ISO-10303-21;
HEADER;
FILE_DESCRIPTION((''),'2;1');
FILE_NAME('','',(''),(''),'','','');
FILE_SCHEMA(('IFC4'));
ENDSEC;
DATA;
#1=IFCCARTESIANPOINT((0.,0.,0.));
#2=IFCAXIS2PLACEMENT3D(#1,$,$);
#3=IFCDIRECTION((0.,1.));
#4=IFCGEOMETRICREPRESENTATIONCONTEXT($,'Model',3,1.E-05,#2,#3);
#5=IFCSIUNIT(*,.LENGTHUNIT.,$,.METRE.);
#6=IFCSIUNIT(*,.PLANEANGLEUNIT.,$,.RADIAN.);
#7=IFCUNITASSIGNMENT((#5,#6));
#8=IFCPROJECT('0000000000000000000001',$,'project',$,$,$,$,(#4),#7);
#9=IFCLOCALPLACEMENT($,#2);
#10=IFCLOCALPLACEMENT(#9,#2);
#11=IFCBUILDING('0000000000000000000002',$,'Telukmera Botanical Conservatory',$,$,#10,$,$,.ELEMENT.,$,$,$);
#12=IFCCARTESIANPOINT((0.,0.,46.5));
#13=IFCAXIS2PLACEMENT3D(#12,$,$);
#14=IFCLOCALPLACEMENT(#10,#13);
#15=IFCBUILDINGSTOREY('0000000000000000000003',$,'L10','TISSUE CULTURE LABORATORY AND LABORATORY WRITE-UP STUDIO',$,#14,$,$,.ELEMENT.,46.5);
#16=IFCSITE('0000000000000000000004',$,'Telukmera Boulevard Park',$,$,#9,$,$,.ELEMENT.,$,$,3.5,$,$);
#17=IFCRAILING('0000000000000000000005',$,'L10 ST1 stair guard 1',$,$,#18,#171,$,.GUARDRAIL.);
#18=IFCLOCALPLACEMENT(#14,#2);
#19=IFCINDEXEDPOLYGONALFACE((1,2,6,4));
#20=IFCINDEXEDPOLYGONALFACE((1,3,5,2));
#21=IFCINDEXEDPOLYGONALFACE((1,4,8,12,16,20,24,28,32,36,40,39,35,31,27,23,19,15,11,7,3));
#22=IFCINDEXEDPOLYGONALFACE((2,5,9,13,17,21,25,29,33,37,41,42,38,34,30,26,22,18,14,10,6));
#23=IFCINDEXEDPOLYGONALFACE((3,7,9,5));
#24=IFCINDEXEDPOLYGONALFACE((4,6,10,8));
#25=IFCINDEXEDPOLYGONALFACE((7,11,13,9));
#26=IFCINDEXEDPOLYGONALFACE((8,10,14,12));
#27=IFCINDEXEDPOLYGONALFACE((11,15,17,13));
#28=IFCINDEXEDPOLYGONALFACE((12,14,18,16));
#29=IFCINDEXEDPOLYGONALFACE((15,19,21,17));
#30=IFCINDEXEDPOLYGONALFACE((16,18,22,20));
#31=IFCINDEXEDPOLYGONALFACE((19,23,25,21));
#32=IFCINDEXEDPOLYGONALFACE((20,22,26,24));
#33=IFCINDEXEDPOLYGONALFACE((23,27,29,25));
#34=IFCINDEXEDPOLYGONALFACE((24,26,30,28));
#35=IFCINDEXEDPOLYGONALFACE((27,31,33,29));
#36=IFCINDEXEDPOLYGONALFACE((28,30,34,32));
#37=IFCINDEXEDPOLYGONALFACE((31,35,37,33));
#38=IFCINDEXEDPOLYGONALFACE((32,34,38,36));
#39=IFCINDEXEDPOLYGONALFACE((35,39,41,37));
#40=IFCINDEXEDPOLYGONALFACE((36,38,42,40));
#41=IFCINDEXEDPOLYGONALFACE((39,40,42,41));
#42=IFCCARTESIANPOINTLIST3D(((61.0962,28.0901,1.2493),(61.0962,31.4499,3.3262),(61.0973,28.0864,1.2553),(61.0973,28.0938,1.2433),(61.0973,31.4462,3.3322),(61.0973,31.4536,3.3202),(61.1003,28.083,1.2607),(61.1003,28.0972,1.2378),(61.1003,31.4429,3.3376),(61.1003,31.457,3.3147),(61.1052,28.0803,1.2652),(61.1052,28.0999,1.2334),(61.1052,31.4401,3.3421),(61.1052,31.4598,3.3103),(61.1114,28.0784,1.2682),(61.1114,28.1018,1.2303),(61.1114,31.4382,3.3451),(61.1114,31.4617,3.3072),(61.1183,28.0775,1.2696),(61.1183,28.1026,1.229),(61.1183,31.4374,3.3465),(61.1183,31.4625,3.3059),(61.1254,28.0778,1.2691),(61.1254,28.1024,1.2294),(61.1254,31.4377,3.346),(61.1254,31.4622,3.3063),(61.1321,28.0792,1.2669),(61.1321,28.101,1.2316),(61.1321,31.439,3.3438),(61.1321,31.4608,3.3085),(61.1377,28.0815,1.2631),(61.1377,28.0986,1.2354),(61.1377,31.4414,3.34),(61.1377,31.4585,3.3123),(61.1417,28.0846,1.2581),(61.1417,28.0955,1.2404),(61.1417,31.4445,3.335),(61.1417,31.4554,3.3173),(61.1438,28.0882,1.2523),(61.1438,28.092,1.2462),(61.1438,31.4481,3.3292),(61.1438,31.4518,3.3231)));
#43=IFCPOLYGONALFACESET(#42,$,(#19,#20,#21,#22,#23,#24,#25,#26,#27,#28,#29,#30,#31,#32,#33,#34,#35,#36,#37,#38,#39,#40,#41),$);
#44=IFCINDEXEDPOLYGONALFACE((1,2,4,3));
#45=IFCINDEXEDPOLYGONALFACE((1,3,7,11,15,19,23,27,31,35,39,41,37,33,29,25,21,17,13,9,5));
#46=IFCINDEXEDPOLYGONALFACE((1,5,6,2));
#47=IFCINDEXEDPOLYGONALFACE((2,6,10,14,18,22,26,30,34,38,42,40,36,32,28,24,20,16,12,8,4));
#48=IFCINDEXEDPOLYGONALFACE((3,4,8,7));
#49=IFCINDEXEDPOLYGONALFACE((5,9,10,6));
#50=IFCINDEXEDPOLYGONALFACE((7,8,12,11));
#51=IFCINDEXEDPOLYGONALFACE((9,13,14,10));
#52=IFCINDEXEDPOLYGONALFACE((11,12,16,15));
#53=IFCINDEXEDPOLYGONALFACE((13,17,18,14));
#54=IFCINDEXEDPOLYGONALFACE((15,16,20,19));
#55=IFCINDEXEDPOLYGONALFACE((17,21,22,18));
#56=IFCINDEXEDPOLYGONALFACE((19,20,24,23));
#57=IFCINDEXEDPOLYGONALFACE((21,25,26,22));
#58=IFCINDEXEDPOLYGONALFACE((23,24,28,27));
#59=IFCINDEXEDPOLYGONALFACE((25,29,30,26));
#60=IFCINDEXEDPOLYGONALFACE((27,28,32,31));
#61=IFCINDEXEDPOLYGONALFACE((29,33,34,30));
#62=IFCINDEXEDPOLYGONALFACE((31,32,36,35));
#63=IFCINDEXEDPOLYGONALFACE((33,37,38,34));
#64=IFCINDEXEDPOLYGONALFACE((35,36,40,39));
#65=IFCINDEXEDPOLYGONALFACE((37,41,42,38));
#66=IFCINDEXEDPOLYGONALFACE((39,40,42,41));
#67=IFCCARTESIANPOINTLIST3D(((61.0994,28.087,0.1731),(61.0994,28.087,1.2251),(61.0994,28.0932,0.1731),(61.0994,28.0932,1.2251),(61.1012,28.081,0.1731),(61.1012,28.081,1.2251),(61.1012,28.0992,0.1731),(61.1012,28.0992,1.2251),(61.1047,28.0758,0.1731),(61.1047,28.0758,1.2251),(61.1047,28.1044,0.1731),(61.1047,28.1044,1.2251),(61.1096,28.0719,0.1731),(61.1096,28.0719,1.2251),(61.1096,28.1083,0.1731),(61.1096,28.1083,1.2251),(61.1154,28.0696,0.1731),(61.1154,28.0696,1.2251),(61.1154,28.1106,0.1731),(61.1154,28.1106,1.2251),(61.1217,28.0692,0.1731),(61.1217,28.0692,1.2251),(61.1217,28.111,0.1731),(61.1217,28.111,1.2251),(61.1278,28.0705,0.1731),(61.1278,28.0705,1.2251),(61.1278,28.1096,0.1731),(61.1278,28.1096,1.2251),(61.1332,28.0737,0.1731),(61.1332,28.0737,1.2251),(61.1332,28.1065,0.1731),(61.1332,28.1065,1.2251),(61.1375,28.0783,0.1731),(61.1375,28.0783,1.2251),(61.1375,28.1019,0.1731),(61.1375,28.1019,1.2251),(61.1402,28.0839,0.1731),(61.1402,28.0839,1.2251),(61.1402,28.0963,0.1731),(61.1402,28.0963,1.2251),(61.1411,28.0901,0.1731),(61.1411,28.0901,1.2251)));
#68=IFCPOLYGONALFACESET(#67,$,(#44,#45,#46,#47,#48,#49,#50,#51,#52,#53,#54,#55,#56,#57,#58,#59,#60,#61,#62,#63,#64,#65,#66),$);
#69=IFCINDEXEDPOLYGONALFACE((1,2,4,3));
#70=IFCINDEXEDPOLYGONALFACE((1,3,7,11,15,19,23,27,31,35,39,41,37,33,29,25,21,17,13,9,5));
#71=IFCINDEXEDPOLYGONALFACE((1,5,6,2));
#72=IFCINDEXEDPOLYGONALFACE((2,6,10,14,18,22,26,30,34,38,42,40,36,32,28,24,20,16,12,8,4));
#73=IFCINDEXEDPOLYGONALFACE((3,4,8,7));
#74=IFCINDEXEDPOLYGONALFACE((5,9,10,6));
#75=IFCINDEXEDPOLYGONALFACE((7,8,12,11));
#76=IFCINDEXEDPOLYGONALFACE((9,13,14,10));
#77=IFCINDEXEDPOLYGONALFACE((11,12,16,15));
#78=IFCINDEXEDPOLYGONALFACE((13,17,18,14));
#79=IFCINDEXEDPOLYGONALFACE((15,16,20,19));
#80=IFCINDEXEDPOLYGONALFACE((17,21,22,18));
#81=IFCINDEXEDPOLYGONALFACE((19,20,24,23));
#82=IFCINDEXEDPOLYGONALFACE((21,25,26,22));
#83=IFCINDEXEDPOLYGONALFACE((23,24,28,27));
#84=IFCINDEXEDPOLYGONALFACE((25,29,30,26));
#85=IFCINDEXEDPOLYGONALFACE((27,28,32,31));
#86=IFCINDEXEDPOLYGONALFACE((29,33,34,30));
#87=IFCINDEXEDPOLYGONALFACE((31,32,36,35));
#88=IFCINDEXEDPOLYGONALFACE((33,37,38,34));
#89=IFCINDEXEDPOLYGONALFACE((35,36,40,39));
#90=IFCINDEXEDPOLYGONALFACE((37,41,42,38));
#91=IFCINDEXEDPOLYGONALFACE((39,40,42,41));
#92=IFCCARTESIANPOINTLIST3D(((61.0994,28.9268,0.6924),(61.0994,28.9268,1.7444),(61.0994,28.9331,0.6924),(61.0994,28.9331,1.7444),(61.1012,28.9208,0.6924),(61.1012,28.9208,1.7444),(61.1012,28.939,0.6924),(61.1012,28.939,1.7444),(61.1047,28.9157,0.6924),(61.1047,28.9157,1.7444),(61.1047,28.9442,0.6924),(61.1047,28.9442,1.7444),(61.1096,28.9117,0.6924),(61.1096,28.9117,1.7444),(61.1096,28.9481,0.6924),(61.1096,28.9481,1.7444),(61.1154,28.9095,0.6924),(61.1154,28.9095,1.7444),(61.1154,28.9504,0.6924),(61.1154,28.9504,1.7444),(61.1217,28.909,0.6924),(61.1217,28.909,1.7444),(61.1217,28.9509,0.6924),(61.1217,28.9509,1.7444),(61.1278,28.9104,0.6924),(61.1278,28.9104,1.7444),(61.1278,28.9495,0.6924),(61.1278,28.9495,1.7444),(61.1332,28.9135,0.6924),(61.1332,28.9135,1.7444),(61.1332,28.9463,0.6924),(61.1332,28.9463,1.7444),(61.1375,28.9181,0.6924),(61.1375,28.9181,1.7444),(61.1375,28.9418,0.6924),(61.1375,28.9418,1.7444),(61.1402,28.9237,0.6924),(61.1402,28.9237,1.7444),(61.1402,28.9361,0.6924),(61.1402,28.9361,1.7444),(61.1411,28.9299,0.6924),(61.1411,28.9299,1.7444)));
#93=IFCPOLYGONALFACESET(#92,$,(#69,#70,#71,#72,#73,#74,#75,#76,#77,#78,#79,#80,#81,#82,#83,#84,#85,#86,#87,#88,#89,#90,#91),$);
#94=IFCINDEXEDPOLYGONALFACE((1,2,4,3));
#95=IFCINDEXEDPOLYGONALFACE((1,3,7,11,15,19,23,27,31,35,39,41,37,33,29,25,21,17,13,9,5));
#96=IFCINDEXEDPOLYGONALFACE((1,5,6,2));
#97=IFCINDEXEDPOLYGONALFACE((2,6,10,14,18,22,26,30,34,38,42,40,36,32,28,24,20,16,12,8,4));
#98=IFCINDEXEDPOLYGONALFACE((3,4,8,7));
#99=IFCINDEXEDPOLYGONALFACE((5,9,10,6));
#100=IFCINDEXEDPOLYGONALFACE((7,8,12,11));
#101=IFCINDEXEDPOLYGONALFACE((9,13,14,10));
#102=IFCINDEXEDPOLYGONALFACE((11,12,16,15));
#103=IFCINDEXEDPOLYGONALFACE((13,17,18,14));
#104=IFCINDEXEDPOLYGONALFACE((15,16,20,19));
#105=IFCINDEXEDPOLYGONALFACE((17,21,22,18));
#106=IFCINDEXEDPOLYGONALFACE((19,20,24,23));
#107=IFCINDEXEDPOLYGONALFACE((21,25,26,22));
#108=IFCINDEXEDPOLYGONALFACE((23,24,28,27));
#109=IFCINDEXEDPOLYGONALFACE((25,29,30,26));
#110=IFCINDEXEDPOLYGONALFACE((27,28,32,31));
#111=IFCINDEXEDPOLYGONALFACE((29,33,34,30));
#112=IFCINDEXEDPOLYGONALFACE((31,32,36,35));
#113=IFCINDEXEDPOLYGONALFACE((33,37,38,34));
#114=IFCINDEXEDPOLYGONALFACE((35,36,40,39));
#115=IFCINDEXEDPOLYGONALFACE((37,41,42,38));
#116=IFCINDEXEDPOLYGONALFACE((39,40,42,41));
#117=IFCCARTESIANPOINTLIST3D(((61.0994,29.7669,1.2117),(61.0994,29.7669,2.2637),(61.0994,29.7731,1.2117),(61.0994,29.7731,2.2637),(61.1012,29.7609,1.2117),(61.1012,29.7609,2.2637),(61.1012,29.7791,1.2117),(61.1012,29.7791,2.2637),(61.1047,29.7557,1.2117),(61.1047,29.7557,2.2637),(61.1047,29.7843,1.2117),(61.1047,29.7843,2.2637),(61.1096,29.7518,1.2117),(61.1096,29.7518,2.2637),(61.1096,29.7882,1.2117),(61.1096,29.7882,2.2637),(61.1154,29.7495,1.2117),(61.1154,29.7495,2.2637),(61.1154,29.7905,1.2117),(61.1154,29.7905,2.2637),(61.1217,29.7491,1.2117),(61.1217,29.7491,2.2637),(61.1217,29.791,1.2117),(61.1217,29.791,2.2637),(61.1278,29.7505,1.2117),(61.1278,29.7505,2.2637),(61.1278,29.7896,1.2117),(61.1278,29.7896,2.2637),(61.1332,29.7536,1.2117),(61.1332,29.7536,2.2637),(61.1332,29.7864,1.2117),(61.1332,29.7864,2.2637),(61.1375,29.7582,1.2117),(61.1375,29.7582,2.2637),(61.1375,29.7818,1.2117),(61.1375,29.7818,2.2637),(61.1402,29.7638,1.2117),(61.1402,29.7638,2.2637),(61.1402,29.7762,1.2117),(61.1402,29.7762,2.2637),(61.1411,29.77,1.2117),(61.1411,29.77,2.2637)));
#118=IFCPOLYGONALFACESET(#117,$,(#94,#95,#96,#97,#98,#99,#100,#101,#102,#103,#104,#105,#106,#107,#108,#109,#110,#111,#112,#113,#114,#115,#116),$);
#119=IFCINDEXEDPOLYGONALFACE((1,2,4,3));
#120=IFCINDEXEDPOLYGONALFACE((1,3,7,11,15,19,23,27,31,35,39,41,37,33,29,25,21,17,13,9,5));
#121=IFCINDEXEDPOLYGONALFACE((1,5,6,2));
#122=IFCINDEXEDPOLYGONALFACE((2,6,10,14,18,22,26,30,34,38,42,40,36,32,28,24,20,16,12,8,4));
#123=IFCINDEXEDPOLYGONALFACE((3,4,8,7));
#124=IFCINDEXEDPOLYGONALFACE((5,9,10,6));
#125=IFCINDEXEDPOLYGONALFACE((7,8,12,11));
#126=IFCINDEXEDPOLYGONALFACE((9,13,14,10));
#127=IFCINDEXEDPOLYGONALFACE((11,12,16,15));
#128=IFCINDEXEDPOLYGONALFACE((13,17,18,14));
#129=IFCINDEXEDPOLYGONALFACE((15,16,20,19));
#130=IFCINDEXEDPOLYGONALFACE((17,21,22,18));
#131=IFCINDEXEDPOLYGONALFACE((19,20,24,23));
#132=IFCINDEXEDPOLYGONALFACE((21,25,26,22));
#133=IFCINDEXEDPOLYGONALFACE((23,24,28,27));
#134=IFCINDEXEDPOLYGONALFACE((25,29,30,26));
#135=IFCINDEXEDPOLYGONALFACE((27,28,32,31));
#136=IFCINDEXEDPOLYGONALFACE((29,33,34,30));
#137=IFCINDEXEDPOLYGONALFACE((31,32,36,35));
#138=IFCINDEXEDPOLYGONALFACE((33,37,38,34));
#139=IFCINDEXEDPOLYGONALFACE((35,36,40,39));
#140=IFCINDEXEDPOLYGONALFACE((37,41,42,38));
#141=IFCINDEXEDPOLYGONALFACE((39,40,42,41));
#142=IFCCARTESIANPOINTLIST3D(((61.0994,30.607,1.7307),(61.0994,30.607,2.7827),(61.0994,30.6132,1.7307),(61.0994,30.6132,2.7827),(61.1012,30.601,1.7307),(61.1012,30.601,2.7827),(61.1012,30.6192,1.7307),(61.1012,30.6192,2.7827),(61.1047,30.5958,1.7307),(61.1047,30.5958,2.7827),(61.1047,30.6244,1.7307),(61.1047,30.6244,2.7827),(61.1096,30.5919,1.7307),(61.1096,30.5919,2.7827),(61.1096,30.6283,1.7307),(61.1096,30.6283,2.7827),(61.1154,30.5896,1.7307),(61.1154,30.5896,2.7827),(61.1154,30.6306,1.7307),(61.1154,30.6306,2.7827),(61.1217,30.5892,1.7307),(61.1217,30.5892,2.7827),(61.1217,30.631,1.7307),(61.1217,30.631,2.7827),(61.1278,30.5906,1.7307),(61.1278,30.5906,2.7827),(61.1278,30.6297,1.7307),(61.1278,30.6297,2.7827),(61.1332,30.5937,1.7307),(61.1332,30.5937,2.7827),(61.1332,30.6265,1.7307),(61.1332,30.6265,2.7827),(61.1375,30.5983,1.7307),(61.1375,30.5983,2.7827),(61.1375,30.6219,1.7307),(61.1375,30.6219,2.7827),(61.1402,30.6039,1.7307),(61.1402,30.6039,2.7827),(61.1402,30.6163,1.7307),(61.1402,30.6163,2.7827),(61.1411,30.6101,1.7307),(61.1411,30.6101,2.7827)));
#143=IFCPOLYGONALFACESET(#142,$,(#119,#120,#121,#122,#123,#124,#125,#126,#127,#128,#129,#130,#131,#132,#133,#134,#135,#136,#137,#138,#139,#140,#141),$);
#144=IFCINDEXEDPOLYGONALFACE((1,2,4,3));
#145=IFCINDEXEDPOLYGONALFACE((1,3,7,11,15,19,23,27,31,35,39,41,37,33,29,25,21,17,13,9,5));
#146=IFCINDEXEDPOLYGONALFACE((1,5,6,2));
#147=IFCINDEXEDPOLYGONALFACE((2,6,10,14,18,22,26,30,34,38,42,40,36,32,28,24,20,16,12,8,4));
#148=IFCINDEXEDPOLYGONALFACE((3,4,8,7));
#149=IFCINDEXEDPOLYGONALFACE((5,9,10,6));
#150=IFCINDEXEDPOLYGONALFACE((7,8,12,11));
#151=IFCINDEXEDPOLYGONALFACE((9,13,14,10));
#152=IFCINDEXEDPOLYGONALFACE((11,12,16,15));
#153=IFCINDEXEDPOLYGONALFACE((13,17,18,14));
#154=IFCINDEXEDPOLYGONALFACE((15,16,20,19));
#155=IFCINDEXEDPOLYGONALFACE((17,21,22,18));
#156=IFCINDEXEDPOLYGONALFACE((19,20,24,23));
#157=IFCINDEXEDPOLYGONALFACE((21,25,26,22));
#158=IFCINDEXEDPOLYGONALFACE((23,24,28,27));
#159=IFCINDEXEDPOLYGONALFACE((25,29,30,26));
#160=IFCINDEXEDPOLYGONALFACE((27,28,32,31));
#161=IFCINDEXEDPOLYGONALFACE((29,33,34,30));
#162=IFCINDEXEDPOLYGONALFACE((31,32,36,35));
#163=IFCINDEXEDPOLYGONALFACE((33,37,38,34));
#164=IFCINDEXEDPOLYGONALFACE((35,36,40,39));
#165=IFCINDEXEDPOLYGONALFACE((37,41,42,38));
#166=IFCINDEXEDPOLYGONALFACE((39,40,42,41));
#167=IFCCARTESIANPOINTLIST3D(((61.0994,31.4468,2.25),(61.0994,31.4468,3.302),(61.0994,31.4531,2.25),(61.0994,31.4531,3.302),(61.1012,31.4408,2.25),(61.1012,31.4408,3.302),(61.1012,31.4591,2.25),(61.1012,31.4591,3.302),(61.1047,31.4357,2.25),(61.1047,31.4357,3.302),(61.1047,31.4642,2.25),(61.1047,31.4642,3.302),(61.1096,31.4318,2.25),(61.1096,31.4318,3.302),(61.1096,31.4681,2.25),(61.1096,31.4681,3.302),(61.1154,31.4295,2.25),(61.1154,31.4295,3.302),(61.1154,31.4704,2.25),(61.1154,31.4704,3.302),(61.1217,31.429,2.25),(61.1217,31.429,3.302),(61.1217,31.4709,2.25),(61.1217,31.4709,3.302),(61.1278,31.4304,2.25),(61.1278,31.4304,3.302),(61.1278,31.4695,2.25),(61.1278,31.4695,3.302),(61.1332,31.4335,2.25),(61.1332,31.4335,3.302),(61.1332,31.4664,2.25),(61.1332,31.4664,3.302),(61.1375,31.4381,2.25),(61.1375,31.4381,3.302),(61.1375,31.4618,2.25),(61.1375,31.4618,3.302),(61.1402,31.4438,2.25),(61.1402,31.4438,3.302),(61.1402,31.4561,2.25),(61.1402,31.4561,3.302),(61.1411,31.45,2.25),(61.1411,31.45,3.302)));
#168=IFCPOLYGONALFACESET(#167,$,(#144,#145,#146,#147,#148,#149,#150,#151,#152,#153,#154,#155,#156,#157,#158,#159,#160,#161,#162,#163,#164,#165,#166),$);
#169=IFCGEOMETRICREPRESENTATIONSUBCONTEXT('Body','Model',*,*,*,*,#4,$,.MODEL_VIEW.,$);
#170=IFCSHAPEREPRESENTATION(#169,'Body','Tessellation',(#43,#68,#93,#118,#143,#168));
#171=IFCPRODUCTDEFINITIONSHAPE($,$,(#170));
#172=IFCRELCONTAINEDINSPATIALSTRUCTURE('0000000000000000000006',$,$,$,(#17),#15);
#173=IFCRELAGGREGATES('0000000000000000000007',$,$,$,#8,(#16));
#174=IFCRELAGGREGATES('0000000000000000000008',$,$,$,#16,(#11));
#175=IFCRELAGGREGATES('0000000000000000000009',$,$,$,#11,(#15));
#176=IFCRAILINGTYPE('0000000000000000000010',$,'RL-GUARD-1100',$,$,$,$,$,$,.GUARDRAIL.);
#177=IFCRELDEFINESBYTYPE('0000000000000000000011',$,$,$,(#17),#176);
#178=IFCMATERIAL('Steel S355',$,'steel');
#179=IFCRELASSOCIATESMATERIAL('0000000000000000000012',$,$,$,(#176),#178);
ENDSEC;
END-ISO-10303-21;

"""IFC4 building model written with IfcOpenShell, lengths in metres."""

from ifc_helpers import new_model, si_unit, direction, frame, origin, origin_2d, place, context, subcontext, project, spatial, circle, extrude, material, type_object, element, save


model = new_model("IFC4")

# Units and contexts
model_context = context("Model", 3, precision=1e-05, world=origin(), true_north=direction((0.0, 1.0)))
body_context = subcontext(model_context, "Body", "Model", "MODEL_VIEW")
ifc_project = project(units=[si_unit("LENGTHUNIT", "METRE"), si_unit("PLANEANGLEUNIT", "RADIAN")], contexts=[model_context])

# Site, building, storey
site_placement = place(None, origin())
site = spatial("IfcSite", under=ifc_project, at=site_placement, Name="Telukmera Boulevard Park", CompositionType="ELEMENT", RefElevation=3.5)
building_placement = place(site_placement, origin())
building = spatial("IfcBuilding", under=site, at=building_placement, Name="Telukmera Botanical Conservatory", CompositionType="ELEMENT")
storey_placement = place(building_placement, frame((0.0, 0.0, 46.5)))
storey = spatial("IfcBuildingStorey", under=building, at=storey_placement, Name="L10", Description="TISSUE CULTURE LABORATORY AND LABORATORY WRITE-UP STUDIO", CompositionType="ELEMENT", Elevation=46.5)

# Railing
ifc_material_1 = material(Name="Steel S355", Category="steel")
railing_type_1 = type_object("IfcRailingType", Name="RL-GUARD-1100", PredefinedType="GUARDRAIL", material=ifc_material_1)
railing_1_placement = place(storey_placement, frame((61.1201, 28.0901, 0.1731)))
element("IfcRailing", 1, at=railing_1_placement, inside=storey, type_object=railing_type_1, Name="L10 ST1 stair guard 1", PredefinedType="GUARDRAIL", context=body_context, shape_type="SweptSolid", body=[
    extrude(circle(Radius=0.0239, at=origin_2d()), frame((0.0, 0.0, 1.0762), z_axis=(0.0, 0.850606, 0.525803), x_axis=(-1.0, 0.0, 0.0)), (0.0, 0.0, 1.0), 3.95),
    extrude(circle(Radius=0.021, at=origin_2d()), origin(), (0.0, 0.0, 1.0), 1.052),
    extrude(circle(Radius=0.021, at=origin_2d()), frame((0.0, 0.8398, 0.5193)), (0.0, 0.0, 1.0), 1.052),
    extrude(circle(Radius=0.021, at=origin_2d()), frame((0.0, 1.6799, 1.0386)), (0.0, 0.0, 1.0), 1.052),
    extrude(circle(Radius=0.021, at=origin_2d()), frame((0.0, 2.52, 1.5576)), (0.0, 0.0, 1.0), 1.052),
    extrude(circle(Radius=0.021, at=origin_2d()), frame((0.0, 3.3599, 2.0769)), (0.0, 0.0, 1.0), 1.052),
])

save(model, "model.ifc")
